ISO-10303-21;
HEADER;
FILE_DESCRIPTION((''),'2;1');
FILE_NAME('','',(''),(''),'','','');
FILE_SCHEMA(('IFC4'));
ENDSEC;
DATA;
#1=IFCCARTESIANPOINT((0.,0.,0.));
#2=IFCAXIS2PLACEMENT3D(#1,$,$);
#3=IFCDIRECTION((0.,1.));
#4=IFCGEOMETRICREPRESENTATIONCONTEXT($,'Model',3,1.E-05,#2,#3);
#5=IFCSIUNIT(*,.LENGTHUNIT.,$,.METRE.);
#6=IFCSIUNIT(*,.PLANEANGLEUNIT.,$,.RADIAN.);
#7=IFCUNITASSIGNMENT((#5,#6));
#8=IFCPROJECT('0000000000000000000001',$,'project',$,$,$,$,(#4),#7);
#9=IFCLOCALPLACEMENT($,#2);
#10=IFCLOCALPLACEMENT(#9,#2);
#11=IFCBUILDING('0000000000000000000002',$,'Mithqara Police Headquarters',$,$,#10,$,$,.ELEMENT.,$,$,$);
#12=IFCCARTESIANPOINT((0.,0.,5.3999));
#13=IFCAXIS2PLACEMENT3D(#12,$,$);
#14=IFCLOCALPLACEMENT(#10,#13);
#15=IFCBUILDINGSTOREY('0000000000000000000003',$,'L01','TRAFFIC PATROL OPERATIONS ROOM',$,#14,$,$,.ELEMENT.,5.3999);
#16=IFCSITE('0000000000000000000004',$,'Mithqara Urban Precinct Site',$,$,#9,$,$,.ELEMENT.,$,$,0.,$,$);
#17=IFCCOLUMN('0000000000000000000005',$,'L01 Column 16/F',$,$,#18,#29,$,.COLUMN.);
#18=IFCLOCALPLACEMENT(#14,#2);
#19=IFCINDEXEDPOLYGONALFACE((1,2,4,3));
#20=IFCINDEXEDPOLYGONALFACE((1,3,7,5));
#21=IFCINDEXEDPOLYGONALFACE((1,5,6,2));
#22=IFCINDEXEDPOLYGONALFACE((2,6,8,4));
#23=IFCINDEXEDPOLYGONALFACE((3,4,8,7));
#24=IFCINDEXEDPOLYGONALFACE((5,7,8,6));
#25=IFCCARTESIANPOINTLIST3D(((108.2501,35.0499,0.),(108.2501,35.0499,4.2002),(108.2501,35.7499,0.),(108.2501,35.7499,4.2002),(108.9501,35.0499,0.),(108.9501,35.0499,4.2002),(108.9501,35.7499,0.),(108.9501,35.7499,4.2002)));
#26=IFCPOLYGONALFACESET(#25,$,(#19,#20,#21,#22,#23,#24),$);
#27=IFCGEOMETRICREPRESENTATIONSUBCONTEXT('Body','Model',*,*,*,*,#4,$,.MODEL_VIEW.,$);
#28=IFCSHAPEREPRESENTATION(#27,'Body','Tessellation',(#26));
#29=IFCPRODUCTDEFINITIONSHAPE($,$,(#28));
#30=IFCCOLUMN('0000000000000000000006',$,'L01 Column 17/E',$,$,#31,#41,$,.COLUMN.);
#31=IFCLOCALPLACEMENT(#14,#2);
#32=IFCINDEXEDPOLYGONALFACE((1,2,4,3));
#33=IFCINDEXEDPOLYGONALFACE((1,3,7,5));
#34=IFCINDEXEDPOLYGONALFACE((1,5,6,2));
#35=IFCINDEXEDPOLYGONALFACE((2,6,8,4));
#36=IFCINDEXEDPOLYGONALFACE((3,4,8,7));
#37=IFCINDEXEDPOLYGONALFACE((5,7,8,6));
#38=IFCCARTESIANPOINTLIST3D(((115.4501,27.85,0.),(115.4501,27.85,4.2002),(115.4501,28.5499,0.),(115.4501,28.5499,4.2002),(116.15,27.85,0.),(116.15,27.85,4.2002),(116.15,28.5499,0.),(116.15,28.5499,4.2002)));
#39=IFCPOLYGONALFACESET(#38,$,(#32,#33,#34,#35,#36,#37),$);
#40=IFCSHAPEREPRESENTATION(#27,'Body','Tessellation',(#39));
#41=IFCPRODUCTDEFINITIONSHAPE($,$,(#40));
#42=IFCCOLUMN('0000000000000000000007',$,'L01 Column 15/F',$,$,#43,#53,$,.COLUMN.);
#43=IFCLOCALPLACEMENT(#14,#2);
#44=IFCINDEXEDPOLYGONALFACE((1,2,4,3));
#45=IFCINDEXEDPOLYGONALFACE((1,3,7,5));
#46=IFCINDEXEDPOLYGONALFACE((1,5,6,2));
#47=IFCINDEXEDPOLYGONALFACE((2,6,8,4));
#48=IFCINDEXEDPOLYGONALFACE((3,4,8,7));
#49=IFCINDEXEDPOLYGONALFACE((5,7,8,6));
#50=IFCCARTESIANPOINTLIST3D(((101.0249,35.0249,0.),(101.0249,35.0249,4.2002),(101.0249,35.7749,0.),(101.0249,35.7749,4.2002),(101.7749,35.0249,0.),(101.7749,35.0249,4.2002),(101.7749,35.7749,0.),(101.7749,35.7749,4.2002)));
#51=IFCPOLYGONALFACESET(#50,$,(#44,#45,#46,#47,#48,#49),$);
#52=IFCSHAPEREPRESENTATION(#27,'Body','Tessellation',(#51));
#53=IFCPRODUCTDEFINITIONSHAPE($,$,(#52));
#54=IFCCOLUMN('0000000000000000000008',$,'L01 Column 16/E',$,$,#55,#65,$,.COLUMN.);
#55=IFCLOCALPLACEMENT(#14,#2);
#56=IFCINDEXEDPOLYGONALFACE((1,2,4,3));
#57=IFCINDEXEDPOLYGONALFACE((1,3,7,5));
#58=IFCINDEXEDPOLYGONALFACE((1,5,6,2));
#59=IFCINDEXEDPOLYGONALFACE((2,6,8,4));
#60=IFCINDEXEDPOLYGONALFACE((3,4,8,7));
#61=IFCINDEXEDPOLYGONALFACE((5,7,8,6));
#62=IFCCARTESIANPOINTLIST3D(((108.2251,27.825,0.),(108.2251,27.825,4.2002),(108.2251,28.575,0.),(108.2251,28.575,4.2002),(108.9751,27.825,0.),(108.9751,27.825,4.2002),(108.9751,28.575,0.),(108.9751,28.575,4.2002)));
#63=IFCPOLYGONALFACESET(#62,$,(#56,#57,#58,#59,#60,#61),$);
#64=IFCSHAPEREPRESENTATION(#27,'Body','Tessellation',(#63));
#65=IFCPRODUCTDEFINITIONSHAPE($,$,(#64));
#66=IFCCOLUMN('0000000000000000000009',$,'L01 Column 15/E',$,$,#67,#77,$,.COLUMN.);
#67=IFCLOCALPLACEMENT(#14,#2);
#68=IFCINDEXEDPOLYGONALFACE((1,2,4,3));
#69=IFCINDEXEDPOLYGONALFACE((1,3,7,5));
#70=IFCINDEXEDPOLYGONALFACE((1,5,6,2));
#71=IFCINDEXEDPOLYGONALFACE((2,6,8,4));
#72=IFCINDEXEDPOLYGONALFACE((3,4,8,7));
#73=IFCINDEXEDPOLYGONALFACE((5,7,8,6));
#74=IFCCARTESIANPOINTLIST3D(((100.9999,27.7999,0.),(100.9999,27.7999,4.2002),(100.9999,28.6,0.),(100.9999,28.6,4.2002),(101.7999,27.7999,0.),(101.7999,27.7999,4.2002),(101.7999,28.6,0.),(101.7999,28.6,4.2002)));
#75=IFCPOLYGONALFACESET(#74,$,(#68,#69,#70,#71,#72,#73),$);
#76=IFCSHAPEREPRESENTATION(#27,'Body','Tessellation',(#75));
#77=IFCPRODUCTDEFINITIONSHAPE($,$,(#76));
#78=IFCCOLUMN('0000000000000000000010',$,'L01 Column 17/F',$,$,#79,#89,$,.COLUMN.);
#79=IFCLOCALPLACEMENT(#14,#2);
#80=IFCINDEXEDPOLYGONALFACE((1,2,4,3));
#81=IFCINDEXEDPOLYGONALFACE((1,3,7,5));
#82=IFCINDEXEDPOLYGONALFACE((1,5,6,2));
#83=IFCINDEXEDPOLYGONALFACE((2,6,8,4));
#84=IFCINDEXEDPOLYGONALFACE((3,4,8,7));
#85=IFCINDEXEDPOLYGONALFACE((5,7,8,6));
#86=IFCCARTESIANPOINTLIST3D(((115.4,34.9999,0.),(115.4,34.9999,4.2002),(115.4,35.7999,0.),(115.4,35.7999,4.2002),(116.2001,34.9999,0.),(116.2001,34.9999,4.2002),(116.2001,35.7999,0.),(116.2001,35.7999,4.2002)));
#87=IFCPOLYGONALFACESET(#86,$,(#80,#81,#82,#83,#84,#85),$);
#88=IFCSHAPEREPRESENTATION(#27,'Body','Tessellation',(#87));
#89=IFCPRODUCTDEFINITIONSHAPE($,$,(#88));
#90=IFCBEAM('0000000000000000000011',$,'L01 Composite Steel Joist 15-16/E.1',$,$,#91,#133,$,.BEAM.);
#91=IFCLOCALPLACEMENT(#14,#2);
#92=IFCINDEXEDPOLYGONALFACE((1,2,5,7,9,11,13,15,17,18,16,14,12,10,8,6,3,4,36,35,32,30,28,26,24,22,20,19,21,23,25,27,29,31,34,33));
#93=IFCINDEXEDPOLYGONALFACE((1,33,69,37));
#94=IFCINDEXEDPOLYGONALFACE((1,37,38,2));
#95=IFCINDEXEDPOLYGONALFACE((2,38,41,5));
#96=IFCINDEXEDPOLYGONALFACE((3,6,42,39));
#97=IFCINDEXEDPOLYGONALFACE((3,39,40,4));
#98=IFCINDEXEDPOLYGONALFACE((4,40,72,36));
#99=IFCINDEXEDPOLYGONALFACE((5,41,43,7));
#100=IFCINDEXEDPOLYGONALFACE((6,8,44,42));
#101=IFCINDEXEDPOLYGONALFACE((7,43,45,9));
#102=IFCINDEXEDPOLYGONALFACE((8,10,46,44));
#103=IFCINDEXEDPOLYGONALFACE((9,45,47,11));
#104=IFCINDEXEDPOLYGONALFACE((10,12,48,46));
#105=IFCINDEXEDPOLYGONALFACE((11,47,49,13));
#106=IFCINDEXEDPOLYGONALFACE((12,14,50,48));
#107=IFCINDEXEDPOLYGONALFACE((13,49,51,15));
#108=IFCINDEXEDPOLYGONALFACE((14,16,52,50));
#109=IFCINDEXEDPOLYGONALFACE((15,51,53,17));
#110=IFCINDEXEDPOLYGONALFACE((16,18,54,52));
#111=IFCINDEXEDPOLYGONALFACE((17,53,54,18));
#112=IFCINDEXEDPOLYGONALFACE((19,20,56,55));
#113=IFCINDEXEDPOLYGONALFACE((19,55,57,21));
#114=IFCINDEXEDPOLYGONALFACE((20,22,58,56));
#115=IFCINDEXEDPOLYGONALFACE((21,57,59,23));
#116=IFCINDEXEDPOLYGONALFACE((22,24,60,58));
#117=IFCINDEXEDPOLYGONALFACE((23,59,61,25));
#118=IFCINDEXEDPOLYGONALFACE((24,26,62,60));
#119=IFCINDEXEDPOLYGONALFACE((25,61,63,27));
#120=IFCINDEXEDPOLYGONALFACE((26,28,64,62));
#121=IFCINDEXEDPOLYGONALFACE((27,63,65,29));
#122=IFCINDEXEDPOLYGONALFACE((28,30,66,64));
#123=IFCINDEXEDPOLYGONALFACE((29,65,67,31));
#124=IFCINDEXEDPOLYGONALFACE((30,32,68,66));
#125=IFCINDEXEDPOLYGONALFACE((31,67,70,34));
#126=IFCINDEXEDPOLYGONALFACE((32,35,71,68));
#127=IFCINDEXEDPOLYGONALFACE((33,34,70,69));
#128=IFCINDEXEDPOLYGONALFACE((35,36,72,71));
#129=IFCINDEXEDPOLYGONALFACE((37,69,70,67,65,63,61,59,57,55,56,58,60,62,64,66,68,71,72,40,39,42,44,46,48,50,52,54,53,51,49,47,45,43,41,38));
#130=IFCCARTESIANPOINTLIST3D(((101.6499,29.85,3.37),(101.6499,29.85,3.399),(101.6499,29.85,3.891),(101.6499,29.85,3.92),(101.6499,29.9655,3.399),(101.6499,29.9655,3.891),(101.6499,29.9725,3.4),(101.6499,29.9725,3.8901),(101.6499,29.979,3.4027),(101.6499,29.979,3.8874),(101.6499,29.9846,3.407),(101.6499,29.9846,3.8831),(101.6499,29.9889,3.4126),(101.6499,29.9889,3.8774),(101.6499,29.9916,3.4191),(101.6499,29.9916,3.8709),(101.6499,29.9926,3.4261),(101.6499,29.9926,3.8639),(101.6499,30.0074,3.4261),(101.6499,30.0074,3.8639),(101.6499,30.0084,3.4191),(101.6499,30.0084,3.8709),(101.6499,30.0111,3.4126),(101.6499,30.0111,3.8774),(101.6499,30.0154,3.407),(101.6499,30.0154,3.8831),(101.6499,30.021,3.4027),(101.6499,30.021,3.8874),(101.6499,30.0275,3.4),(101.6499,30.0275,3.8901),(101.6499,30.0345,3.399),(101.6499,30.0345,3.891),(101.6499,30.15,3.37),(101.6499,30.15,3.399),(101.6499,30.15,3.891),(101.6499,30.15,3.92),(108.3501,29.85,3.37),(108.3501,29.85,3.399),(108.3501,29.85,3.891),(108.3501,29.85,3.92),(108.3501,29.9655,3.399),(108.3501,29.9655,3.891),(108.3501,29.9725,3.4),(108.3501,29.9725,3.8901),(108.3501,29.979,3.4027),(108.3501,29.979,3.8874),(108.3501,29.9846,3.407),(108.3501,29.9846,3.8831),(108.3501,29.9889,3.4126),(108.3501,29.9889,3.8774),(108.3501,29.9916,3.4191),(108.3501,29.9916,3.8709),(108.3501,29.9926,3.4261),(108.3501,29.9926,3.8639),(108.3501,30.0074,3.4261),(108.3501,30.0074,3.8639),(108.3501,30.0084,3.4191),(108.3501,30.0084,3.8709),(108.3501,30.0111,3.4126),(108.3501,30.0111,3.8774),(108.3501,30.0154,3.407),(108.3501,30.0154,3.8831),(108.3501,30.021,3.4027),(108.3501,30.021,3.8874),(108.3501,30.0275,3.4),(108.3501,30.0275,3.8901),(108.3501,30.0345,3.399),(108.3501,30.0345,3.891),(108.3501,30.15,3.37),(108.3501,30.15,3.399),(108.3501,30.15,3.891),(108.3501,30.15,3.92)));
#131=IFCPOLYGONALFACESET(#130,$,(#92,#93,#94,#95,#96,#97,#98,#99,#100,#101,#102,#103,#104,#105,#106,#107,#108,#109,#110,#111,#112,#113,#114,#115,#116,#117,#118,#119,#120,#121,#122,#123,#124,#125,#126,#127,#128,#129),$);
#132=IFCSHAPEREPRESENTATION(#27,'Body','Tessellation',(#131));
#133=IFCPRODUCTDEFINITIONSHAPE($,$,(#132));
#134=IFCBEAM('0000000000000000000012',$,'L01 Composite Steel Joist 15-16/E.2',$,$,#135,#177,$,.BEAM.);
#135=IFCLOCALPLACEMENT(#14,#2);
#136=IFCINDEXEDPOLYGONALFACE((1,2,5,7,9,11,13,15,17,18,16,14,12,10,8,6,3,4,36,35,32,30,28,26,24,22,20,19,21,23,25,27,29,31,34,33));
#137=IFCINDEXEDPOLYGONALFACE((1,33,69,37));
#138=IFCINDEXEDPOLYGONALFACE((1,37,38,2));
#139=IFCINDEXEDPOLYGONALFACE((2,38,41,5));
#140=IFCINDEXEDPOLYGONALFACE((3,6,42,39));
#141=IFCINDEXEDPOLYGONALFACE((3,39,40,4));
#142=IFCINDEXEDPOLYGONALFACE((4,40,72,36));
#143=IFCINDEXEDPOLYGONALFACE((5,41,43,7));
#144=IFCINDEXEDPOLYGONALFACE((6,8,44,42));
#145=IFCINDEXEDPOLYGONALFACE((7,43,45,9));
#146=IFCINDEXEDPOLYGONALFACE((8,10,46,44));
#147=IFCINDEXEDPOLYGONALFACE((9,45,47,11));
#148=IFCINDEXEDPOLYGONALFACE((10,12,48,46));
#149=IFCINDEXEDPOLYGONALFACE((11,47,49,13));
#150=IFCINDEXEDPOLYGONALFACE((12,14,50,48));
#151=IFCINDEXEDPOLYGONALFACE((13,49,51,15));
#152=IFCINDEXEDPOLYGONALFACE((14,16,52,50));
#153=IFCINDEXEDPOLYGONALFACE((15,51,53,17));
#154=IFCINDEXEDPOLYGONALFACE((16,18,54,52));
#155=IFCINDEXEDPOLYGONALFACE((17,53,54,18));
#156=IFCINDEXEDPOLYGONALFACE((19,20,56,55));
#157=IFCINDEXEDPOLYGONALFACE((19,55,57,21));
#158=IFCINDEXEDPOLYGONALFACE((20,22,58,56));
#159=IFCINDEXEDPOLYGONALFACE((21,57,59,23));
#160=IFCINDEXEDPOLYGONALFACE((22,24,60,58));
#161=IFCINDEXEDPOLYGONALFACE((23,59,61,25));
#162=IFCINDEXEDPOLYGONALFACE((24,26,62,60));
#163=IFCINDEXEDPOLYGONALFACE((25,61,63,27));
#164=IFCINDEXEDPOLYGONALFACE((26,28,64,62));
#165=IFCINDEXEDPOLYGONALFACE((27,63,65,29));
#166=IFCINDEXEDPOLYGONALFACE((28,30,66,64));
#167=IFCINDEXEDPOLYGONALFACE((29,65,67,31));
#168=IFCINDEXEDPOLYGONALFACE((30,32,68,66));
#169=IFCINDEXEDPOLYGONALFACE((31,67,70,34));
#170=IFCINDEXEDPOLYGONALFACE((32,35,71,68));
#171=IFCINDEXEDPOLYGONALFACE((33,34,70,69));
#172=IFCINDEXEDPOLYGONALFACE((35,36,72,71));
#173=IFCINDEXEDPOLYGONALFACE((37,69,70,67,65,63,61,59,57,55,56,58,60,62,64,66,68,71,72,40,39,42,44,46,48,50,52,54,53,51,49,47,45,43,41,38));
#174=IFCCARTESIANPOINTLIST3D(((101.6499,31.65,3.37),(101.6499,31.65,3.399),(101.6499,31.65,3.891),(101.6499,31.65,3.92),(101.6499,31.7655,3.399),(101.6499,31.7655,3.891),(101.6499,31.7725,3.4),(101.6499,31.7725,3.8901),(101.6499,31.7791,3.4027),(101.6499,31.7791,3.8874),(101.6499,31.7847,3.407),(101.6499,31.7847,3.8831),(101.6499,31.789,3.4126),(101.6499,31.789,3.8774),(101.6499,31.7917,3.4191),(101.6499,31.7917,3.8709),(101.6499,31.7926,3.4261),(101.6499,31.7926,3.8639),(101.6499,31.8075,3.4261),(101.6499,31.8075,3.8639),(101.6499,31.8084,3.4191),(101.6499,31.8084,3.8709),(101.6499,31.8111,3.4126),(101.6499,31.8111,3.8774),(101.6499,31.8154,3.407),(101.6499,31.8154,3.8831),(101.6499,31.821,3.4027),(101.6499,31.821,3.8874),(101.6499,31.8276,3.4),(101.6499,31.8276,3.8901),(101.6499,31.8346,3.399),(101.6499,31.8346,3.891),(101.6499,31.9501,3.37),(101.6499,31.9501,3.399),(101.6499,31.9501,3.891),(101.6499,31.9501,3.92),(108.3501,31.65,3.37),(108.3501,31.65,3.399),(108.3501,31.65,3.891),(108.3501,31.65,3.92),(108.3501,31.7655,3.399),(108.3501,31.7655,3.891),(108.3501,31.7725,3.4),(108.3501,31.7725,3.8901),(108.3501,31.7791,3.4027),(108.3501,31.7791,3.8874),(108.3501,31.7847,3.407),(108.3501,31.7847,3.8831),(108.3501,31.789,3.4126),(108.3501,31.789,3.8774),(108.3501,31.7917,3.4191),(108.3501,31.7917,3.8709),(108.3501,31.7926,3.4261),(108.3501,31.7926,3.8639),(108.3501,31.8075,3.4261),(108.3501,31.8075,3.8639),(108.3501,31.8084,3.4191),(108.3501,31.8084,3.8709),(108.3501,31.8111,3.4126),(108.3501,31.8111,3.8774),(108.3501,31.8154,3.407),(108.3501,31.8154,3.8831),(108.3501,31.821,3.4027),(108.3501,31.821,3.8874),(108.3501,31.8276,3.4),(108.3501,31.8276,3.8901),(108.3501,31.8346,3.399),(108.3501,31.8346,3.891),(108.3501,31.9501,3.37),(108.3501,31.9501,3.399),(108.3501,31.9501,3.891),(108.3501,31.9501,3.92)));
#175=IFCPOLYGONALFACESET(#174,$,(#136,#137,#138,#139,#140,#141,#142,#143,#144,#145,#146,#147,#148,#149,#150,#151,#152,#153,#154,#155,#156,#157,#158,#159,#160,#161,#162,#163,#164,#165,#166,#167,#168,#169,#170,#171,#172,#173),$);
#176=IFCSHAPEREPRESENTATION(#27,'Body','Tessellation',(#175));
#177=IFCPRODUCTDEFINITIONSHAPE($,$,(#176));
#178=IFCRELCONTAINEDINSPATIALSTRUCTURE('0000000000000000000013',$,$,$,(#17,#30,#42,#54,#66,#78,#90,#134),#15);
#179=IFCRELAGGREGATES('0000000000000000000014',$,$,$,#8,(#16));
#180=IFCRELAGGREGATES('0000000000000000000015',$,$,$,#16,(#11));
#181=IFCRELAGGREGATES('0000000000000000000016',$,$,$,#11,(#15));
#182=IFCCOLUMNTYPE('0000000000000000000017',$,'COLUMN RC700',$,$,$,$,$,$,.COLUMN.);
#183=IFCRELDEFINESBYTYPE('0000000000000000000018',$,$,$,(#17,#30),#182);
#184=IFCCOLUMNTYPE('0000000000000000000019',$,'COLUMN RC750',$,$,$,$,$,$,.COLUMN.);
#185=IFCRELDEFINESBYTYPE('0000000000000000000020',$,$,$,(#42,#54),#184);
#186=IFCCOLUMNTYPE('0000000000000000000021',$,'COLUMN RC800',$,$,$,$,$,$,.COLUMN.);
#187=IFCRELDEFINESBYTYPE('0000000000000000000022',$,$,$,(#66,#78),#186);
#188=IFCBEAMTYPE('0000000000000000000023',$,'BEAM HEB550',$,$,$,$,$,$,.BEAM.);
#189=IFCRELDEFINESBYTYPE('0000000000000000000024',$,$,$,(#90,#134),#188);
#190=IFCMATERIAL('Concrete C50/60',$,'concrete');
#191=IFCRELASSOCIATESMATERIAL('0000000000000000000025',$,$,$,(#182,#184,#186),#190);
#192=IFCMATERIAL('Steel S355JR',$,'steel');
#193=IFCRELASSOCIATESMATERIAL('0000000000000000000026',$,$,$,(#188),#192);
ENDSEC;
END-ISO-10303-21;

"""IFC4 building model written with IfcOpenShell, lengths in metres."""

from ifc_helpers import new_model, si_unit, direction, frame, origin, origin_2d, place, context, subcontext, project, spatial, rectangle, i_section, extrude, material, material_profile, profile_set, type_object, element, save


model = new_model("IFC4")

# Units and contexts
model_context = context("Model", 3, precision=1e-05, world=origin(), true_north=direction((0.0, 1.0)))
body_context = subcontext(model_context, "Body", "Model", "MODEL_VIEW")
ifc_project = project(units=[si_unit("LENGTHUNIT", "METRE"), si_unit("PLANEANGLEUNIT", "RADIAN")], contexts=[model_context])

# Site, building, storey
site_placement = place(None, origin())
site = spatial("IfcSite", under=ifc_project, at=site_placement, Name="Mithqara Urban Precinct Site", CompositionType="ELEMENT", RefElevation=0.0)
building_placement = place(site_placement, origin())
building = spatial("IfcBuilding", under=site, at=building_placement, Name="Mithqara Police Headquarters", CompositionType="ELEMENT")
storey_placement = place(building_placement, frame((0.0, 0.0, 5.3999)))
storey = spatial("IfcBuildingStorey", under=building, at=storey_placement, Name="L01", Description="TRAFFIC PATROL OPERATIONS ROOM", CompositionType="ELEMENT", Elevation=5.3999)

# Columns
ifc_material_1 = material(Name="Concrete C50/60", Category="concrete")
ifc_material_profile_1 = material_profile(ifc_material_1, rectangle(XDim=0.7, YDim=0.7, at=origin_2d()), Name="RC 700x700")
ifc_profile_set_1 = profile_set([ifc_material_profile_1], Name="Concrete C50/60")
column_type_1 = type_object("IfcColumnType", Name="COLUMN RC700", PredefinedType="COLUMN", material=ifc_profile_set_1)
for number, where, z_axis, x_axis, name in (
    (1, (108.6001, 35.3999, 0.0), (0.0, 0.0, 1.0), (1.0, 0.0, 0.0), "L01 Column 16/F"),
    (2, (115.8, 28.2, 0.0), (0.0, 0.0, 1.0), (1.0, 0.0, 0.0), "L01 Column 17/E"),
):
    element("IfcColumn", number, at=place(storey_placement, frame(where, z_axis=z_axis, x_axis=x_axis)), inside=storey, type_object=column_type_1, Name=name, PredefinedType="COLUMN", context=body_context, shape_type="SweptSolid", body=[
        extrude(rectangle(XDim=0.7, YDim=0.7, at=origin_2d()), origin(), (0.0, 0.0, 1.0), 4.2002),
    ])
ifc_material_profile_2 = material_profile(ifc_material_1, rectangle(XDim=0.75, YDim=0.75, at=origin_2d()), Name="RC 750x750")
ifc_profile_set_2 = profile_set([ifc_material_profile_2], Name="Concrete C50/60")
column_type_2 = type_object("IfcColumnType", Name="COLUMN RC750", PredefinedType="COLUMN", material=ifc_profile_set_2)
for number, where, z_axis, x_axis, name in (
    (3, (101.3999, 35.3999, 0.0), (0.0, 0.0, 1.0), (1.0, 0.0, 0.0), "L01 Column 15/F"),
    (4, (108.6001, 28.2, 0.0), (0.0, 0.0, 1.0), (1.0, 0.0, 0.0), "L01 Column 16/E"),
):
    element("IfcColumn", number, at=place(storey_placement, frame(where, z_axis=z_axis, x_axis=x_axis)), inside=storey, type_object=column_type_2, Name=name, PredefinedType="COLUMN", context=body_context, shape_type="SweptSolid", body=[
        extrude(rectangle(XDim=0.75, YDim=0.75, at=origin_2d()), origin(), (0.0, 0.0, 1.0), 4.2002),
    ])
ifc_material_profile_3 = material_profile(ifc_material_1, rectangle(XDim=0.8, YDim=0.8, at=origin_2d()), Name="RC 800x800")
ifc_profile_set_3 = profile_set([ifc_material_profile_3], Name="Concrete C50/60")
column_type_3 = type_object("IfcColumnType", Name="COLUMN RC800", PredefinedType="COLUMN", material=ifc_profile_set_3)
for number, where, z_axis, x_axis, name in (
    (5, (101.3999, 28.2, 0.0), (0.0, 0.0, 1.0), (1.0, 0.0, 0.0), "L01 Column 15/E"),
    (6, (115.8, 35.3999, 0.0), (0.0, 0.0, 1.0), (1.0, 0.0, 0.0), "L01 Column 17/F"),
):
    element("IfcColumn", number, at=place(storey_placement, frame(where, z_axis=z_axis, x_axis=x_axis)), inside=storey, type_object=column_type_3, Name=name, PredefinedType="COLUMN", context=body_context, shape_type="SweptSolid", body=[
        extrude(rectangle(XDim=0.8, YDim=0.8, at=origin_2d()), origin(), (0.0, 0.0, 1.0), 4.2002),
    ])

# Beams
ifc_material_2 = material(Name="Steel S355JR", Category="steel")
ifc_material_profile_4 = material_profile(ifc_material_2, i_section(OverallWidth=0.3, OverallDepth=0.55, WebThickness=0.0149, FlangeThickness=0.0291, FilletRadius=0.0271, at=origin_2d()), Name="HEB 550")
ifc_profile_set_4 = profile_set([ifc_material_profile_4], Name="Steel S355JR")
beam_type_1 = type_object("IfcBeamType", Name="BEAM HEB550", PredefinedType="BEAM", material=ifc_profile_set_4)
for number, where, z_axis, x_axis, name in (
    (7, (101.6499, 30.0, 3.645), (1.0, 0.0, 0.0), (0.0, 1.0, 0.0), "L01 Composite Steel Joist 15-16/E.1"),
    (8, (101.6499, 31.8, 3.645), (1.0, 0.0, 0.0), (0.0, 1.0, 0.0), "L01 Composite Steel Joist 15-16/E.2"),
):
    element("IfcBeam", number, at=place(storey_placement, frame(where, z_axis=z_axis, x_axis=x_axis)), inside=storey, type_object=beam_type_1, Name=name, PredefinedType="BEAM", context=body_context, shape_type="SweptSolid", body=[
        extrude(i_section(OverallWidth=0.3, OverallDepth=0.55, WebThickness=0.0149, FlangeThickness=0.0291, FilletRadius=0.0271, at=origin_2d()), origin(), (0.0, 0.0, 1.0), 6.7002),
    ])

save(model, "model.ifc")
